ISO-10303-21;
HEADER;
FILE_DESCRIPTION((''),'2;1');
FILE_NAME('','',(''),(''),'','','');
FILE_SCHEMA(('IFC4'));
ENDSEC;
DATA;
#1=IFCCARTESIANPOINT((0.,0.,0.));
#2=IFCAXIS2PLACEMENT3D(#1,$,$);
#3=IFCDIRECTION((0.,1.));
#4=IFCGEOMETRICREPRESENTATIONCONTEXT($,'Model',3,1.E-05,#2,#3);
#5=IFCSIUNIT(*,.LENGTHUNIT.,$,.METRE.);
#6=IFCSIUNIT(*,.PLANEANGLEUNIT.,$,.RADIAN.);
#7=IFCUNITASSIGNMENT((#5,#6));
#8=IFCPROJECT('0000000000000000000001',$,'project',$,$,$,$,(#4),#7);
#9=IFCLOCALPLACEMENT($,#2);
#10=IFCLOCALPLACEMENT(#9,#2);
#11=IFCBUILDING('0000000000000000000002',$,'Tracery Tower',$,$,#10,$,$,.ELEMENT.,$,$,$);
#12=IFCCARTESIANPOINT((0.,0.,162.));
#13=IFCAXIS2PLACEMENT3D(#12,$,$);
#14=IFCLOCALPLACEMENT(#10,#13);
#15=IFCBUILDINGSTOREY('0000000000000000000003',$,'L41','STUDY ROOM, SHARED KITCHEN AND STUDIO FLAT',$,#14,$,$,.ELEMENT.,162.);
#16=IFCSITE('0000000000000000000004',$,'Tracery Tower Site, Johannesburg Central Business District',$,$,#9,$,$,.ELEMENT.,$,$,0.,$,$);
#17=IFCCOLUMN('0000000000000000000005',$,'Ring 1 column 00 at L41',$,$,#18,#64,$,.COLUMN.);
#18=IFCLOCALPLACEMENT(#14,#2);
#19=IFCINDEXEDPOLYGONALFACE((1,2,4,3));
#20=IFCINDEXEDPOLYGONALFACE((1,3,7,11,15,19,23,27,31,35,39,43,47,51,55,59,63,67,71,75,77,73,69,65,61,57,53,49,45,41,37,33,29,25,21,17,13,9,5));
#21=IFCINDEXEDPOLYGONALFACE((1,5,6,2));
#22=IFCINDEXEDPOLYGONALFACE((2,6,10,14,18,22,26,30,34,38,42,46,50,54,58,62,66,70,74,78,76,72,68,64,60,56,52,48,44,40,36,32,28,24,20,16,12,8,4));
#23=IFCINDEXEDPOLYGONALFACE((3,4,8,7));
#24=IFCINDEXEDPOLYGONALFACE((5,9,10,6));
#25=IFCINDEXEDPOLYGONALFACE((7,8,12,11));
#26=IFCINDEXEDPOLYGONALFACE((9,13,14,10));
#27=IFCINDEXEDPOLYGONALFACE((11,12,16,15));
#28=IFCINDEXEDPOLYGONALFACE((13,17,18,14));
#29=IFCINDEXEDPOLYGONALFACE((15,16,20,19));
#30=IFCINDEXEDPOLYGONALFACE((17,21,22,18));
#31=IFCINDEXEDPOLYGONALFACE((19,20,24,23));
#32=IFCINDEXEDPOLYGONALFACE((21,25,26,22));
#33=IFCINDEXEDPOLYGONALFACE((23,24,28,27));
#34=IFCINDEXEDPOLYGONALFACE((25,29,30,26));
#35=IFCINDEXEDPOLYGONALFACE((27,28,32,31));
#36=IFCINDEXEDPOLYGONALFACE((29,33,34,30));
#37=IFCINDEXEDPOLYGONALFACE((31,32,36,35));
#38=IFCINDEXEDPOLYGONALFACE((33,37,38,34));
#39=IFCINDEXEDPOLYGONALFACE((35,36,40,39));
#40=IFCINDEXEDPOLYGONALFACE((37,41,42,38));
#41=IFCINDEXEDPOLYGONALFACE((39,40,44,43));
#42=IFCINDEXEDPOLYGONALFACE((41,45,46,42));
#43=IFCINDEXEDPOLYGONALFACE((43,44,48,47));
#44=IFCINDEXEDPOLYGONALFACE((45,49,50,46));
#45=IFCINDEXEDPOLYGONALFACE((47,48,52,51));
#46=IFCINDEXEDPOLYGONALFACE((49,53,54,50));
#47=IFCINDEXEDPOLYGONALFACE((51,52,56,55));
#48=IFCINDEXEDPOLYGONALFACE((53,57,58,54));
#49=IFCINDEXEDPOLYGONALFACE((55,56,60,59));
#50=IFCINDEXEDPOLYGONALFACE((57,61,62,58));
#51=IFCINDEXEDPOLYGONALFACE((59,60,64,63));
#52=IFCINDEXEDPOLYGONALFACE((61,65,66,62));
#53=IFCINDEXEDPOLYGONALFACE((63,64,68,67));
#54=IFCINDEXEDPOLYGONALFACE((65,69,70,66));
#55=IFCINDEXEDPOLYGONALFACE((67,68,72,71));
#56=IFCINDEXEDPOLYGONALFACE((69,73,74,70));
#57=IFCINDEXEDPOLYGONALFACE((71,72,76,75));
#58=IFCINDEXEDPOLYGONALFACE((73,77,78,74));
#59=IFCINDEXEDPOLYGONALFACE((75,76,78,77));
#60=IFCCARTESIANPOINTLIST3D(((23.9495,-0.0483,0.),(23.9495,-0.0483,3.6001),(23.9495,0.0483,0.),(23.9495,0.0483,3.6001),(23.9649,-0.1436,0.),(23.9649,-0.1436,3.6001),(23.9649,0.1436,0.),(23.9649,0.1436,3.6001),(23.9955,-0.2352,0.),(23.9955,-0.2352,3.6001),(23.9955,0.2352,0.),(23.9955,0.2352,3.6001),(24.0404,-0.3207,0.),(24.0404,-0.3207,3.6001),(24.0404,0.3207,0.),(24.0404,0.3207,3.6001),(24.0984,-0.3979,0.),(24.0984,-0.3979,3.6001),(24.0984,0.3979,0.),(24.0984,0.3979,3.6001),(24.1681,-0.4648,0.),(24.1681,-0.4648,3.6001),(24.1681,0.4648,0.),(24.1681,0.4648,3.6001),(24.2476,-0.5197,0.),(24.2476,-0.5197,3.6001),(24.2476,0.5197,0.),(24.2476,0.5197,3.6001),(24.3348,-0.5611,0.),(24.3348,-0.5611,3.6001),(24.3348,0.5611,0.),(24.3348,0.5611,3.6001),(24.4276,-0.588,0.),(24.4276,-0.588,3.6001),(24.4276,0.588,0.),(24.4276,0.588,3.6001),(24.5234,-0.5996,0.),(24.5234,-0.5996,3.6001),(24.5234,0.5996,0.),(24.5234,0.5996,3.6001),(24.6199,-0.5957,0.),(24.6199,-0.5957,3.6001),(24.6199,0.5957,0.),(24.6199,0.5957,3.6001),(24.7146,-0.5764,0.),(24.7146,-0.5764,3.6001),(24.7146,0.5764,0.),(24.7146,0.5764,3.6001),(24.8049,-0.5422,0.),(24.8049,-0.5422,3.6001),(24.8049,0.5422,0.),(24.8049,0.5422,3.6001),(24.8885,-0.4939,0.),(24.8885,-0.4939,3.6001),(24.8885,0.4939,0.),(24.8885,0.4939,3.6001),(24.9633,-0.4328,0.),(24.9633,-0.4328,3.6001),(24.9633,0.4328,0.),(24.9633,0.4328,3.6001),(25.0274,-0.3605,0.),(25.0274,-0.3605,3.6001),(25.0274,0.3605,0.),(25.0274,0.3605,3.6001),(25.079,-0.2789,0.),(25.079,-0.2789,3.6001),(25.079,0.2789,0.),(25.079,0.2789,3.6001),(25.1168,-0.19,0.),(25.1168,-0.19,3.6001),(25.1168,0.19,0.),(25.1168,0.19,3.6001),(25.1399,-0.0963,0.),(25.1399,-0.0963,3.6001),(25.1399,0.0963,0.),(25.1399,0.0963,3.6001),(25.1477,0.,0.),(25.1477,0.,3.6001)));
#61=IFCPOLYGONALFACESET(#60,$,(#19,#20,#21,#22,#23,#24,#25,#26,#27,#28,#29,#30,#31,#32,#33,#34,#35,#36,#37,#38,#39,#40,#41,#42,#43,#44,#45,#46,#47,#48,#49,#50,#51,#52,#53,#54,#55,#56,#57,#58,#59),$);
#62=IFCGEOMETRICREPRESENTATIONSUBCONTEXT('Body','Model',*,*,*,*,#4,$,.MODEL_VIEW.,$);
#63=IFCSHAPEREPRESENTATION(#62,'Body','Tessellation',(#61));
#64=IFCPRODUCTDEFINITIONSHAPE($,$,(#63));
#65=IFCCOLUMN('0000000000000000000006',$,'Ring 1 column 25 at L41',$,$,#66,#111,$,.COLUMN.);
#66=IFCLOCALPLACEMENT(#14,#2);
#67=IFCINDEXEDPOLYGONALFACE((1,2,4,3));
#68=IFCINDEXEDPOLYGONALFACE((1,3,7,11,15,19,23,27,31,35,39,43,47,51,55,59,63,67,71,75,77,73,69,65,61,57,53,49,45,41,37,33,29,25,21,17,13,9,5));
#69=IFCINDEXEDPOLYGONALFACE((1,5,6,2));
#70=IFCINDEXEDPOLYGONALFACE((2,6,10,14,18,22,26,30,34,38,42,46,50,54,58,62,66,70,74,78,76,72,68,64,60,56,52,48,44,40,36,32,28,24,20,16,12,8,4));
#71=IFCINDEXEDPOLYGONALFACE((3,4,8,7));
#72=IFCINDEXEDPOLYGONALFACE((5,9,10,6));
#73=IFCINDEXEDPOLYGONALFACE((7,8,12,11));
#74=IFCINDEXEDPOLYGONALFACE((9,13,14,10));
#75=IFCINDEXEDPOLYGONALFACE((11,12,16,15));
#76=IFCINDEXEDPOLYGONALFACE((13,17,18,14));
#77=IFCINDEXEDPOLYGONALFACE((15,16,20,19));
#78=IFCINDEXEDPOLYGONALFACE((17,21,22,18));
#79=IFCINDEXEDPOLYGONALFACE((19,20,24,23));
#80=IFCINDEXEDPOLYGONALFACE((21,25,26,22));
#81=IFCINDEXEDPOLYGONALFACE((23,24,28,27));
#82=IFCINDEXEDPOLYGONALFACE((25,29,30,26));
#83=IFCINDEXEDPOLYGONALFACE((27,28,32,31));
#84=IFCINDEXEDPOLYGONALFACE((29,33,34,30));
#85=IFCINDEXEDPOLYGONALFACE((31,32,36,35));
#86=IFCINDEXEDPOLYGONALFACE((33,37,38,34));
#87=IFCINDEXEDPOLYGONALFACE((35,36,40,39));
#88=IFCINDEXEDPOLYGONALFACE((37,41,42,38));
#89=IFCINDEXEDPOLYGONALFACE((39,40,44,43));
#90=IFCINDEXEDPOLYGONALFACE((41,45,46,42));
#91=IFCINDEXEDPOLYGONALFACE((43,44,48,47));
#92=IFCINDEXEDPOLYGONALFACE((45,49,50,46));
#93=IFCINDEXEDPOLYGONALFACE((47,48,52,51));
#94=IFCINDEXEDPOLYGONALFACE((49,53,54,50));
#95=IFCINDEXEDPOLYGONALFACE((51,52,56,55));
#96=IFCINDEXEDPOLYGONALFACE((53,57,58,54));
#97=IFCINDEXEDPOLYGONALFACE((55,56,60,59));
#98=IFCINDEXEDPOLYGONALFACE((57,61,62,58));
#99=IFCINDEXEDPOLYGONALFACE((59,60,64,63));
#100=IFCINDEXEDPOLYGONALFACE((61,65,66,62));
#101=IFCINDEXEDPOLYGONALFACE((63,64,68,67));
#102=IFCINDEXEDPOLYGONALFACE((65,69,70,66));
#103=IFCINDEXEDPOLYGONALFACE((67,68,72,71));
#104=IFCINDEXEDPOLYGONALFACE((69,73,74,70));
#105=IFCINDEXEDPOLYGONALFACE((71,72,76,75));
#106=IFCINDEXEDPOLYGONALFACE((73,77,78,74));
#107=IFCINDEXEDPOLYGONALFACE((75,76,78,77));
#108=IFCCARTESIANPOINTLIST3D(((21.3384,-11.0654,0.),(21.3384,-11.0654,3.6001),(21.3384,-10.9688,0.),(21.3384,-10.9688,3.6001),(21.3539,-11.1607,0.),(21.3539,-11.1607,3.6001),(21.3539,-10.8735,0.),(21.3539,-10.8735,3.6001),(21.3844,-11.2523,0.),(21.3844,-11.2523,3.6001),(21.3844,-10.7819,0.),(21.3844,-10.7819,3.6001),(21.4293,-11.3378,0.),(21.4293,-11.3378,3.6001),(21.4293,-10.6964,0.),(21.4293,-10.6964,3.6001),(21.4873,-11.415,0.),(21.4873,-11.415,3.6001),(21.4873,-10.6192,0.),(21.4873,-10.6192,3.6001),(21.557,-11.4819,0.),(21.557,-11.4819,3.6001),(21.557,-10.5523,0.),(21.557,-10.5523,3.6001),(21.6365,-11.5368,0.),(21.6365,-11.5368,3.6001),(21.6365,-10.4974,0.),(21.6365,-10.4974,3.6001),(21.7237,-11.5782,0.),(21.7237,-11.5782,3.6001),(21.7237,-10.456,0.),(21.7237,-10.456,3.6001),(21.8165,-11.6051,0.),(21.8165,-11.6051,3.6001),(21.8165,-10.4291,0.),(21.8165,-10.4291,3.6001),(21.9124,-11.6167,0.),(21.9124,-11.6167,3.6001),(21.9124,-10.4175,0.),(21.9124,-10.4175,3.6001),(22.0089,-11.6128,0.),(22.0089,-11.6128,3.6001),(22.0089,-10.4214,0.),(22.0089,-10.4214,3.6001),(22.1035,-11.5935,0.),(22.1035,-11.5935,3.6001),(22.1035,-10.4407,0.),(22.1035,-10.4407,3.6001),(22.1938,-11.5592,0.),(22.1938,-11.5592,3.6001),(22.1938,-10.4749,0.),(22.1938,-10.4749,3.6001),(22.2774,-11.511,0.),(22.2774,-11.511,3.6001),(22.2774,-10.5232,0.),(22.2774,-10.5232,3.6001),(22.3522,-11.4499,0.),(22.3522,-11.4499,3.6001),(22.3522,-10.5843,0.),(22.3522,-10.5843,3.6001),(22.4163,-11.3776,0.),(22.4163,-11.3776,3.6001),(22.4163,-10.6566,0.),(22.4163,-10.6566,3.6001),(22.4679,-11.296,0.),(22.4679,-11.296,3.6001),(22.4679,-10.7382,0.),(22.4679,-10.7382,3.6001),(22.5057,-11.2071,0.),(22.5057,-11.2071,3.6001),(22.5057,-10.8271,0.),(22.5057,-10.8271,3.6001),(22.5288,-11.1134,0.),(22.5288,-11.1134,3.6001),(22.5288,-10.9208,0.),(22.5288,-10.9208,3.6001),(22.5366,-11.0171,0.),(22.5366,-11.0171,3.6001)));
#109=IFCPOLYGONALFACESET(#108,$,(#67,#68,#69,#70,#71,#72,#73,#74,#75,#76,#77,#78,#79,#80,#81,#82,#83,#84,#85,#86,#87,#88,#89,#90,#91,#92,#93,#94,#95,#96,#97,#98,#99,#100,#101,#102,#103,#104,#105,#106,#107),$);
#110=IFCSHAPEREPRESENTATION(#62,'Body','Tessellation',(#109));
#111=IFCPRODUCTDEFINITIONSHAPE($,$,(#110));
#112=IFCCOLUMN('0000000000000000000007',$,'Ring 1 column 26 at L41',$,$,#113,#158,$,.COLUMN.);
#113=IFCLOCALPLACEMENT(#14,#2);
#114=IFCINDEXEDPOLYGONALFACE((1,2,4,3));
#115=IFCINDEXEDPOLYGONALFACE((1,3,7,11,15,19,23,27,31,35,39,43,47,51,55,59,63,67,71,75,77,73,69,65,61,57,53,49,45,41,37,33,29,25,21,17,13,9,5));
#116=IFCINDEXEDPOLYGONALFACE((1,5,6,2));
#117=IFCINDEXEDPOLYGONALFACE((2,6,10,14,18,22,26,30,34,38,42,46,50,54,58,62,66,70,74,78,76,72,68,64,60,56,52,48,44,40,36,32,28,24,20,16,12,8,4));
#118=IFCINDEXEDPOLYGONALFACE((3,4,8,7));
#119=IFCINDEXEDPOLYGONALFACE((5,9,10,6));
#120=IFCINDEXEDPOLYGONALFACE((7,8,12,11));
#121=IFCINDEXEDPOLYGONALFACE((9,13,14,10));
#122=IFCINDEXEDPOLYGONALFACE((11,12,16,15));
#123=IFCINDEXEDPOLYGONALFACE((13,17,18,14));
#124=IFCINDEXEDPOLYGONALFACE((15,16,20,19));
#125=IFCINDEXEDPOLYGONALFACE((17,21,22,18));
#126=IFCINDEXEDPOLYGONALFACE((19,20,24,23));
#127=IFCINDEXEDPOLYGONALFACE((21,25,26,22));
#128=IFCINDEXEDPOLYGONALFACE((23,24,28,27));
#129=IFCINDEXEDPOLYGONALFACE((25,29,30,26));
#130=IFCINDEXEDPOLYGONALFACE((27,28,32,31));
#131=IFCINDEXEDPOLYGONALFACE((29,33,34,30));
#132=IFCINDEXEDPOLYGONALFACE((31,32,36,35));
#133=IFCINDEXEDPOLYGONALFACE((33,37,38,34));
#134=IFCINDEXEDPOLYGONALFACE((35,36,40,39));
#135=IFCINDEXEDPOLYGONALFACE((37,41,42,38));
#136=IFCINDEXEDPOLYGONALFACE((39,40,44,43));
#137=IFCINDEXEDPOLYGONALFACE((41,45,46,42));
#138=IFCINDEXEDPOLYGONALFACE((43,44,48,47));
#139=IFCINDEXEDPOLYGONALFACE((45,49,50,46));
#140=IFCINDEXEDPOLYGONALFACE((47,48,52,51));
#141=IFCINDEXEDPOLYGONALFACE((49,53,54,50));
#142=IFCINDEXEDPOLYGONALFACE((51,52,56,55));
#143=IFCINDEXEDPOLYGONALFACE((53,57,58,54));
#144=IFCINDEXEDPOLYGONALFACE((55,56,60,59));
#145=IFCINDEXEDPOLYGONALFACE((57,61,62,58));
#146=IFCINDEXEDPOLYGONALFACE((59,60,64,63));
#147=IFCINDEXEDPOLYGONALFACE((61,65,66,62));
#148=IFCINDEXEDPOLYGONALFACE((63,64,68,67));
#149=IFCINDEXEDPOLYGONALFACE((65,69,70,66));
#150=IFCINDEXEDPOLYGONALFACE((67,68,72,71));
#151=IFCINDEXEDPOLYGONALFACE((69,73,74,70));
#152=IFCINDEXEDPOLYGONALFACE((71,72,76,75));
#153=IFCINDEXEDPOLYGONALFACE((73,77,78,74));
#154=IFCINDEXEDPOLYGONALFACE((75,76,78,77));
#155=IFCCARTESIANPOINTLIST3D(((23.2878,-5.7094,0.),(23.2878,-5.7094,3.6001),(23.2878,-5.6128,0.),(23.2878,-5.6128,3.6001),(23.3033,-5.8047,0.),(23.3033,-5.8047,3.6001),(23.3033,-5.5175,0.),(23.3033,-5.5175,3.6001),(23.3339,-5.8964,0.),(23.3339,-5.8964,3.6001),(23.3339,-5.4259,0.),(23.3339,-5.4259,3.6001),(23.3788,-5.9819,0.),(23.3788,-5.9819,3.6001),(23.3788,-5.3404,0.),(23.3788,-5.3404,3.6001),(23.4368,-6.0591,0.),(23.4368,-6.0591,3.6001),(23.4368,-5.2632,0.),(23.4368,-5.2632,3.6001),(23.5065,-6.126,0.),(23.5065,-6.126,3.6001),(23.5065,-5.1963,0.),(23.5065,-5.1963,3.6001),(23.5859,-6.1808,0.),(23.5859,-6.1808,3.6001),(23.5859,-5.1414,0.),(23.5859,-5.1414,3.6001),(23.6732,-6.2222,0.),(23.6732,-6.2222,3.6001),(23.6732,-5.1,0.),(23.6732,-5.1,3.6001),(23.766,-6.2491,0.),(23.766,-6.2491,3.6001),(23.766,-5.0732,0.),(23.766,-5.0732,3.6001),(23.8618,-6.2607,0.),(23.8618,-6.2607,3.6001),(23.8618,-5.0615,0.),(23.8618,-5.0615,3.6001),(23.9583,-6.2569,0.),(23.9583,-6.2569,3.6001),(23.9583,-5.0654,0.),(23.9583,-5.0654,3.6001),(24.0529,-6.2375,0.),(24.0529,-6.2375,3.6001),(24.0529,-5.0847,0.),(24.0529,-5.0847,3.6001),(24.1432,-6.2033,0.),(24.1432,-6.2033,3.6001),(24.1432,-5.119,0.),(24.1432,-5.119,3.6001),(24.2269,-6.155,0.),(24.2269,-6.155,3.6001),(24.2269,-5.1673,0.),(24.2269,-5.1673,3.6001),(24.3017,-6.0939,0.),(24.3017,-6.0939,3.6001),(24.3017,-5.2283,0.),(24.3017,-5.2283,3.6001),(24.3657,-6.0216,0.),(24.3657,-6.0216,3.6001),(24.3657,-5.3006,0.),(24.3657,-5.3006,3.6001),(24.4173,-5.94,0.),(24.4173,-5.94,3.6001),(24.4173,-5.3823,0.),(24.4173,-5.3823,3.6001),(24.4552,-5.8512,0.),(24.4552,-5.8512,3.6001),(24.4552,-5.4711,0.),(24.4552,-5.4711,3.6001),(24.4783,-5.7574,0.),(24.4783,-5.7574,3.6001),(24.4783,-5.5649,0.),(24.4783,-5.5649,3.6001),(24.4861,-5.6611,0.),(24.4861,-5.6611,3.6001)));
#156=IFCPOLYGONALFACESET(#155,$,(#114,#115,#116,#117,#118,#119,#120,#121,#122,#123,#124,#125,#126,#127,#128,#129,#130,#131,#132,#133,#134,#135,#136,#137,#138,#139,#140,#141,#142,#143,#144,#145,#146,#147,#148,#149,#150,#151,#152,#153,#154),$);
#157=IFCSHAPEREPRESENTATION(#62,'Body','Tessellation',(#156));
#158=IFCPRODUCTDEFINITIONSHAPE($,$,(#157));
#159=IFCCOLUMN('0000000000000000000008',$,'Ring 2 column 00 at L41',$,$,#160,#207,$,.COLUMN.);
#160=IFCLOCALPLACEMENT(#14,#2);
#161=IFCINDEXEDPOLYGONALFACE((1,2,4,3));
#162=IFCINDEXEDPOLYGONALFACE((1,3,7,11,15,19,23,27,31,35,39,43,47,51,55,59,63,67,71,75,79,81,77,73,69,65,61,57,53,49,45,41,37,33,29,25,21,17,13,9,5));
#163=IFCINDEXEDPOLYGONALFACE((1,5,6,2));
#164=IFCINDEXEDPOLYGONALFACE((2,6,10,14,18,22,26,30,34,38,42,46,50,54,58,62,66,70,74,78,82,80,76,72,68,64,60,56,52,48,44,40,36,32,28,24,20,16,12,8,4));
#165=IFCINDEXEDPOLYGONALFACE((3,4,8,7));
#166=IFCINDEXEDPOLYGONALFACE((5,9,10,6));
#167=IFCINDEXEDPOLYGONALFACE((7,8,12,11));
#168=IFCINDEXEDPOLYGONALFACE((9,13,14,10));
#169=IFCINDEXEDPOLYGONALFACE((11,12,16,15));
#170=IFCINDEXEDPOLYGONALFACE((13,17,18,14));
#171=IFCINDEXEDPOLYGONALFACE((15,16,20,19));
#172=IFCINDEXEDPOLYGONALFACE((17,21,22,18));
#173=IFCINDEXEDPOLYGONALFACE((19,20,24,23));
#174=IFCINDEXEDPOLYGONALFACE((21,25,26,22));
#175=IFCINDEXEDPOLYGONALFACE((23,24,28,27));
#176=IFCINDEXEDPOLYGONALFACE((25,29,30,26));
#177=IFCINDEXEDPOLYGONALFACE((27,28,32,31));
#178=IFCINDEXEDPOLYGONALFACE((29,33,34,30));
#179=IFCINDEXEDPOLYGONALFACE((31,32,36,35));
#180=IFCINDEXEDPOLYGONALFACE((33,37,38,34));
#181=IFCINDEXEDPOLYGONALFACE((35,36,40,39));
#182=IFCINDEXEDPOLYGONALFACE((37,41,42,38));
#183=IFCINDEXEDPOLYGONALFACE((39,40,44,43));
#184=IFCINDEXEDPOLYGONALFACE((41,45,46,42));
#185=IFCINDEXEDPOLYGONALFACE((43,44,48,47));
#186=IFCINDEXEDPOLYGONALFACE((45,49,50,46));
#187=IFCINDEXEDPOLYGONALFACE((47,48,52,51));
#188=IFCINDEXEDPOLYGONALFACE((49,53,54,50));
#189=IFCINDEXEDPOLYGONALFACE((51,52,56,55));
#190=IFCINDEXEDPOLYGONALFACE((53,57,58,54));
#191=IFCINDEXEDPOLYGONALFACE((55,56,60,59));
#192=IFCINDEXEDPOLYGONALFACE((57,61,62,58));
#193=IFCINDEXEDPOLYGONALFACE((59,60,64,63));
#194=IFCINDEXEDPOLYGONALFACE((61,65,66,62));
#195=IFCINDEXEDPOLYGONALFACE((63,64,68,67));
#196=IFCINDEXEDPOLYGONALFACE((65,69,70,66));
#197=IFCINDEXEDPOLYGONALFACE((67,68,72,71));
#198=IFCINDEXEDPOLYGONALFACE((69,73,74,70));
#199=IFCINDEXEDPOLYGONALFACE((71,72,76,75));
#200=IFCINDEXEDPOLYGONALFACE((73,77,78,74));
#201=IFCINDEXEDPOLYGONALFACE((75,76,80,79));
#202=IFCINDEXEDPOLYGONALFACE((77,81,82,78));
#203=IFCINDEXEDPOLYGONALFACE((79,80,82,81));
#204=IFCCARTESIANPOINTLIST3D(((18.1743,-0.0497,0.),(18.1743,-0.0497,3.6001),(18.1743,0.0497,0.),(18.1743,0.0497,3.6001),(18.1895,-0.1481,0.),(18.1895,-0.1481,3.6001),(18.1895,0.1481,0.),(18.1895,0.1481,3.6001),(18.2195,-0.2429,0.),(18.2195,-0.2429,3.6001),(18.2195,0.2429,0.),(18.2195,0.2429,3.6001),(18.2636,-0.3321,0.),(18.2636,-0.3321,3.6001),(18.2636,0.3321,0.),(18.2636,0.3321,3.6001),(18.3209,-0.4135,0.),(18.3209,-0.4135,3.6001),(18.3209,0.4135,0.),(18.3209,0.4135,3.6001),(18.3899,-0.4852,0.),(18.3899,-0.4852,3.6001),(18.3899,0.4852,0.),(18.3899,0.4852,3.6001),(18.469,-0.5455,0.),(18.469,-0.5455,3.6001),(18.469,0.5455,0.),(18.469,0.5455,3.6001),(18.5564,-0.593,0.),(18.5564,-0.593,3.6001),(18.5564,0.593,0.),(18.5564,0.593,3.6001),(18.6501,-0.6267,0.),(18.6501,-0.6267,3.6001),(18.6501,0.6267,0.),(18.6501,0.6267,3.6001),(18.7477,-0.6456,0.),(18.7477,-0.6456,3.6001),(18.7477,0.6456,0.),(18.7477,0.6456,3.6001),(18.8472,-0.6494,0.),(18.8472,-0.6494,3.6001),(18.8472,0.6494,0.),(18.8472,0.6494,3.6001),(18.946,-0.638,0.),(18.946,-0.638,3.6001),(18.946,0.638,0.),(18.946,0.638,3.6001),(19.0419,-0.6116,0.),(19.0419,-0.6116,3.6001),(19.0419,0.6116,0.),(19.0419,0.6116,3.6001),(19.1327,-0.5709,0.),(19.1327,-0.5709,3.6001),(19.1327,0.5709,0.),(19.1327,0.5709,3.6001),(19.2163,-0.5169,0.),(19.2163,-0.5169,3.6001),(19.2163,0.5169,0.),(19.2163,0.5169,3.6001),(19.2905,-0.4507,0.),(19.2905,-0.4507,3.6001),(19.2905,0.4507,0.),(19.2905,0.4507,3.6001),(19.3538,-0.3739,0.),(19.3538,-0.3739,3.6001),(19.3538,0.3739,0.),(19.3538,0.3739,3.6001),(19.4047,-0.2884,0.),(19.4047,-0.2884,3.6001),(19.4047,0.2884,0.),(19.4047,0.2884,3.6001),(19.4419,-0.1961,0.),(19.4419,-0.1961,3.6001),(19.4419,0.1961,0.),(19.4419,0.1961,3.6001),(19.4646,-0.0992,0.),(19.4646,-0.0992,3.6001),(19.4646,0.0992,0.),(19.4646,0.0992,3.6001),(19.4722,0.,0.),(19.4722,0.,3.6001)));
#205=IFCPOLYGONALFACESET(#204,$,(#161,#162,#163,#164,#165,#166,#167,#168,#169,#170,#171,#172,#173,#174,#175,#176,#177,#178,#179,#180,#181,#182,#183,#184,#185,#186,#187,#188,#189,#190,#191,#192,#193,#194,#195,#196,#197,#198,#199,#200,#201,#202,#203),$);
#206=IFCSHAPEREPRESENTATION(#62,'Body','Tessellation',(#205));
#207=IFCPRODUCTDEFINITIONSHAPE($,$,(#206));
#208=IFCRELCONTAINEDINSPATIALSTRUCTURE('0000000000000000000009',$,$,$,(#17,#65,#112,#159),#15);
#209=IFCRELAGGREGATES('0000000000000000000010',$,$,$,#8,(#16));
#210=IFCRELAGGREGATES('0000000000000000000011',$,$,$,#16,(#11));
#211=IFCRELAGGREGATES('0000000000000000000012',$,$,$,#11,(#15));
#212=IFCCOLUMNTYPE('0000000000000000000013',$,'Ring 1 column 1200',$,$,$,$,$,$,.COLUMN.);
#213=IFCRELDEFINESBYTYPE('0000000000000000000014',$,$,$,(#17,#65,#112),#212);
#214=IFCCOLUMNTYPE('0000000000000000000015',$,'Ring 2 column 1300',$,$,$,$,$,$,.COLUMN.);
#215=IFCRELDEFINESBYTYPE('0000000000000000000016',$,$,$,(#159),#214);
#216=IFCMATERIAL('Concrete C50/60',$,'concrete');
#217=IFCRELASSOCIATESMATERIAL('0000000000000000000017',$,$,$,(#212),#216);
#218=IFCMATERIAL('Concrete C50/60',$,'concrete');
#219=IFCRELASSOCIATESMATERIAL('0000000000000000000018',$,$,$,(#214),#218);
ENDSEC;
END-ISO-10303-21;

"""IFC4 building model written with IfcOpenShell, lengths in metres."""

from ifc_helpers import new_model, si_unit, direction, frame, origin, origin_2d, place, context, subcontext, project, spatial, circle, extrude, material, material_profile, profile_set, type_object, element, save


model = new_model("IFC4")

# Units and contexts
model_context = context("Model", 3, precision=1e-05, world=origin(), true_north=direction((0.0, 1.0)))
body_context = subcontext(model_context, "Body", "Model", "MODEL_VIEW")
ifc_project = project(units=[si_unit("LENGTHUNIT", "METRE"), si_unit("PLANEANGLEUNIT", "RADIAN")], contexts=[model_context])

# Site, building, storey
site_placement = place(None, origin())
site = spatial("IfcSite", under=ifc_project, at=site_placement, Name="Tracery Tower Site, Johannesburg Central Business District", CompositionType="ELEMENT", RefElevation=0.0)
building_placement = place(site_placement, origin())
building = spatial("IfcBuilding", under=site, at=building_placement, Name="Tracery Tower", CompositionType="ELEMENT")
storey_placement = place(building_placement, frame((0.0, 0.0, 162.0)))
storey = spatial("IfcBuildingStorey", under=building, at=storey_placement, Name="L41", Description="STUDY ROOM, SHARED KITCHEN AND STUDIO FLAT", CompositionType="ELEMENT", Elevation=162.0)

# Columns
ifc_material_1 = material(Name="Concrete C50/60", Category="concrete")
ifc_material_profile_1 = material_profile(ifc_material_1, circle(Radius=0.6001, at=origin_2d()), Name="RC D1200")
ifc_profile_set_1 = profile_set([ifc_material_profile_1], Name="Concrete C50/60")
column_type_1 = type_object("IfcColumnType", Name="Ring 1 column 1200", PredefinedType="COLUMN", material=ifc_profile_set_1)
for number, where, z_axis, x_axis, name in (
    (1, (24.5476, 0.0, 0.0), (0.0, 0.0, 1.0), (1.0, 0.0, 0.0), "Ring 1 column 00 at L41"),
    (2, (21.9365, -11.0171, 0.0), (0.0, 0.0, 1.0), (1.0, 0.0, 0.0), "Ring 1 column 25 at L41"),
    (3, (23.886, -5.6611, 0.0), (0.0, 0.0, 1.0), (1.0, 0.0, 0.0), "Ring 1 column 26 at L41"),
):
    element("IfcColumn", number, at=place(storey_placement, frame(where, z_axis=z_axis, x_axis=x_axis)), inside=storey, type_object=column_type_1, Name=name, PredefinedType="COLUMN", context=body_context, shape_type="SweptSolid", body=[
        extrude(circle(Radius=0.6001, at=origin_2d()), origin(), (0.0, 0.0, 1.0), 3.6001),
    ])
ifc_material_2 = material(Name="Concrete C50/60", Category="concrete")
ifc_material_profile_2 = material_profile(ifc_material_2, circle(Radius=0.6499, at=origin_2d()), Name="RC D1300")
ifc_profile_set_2 = profile_set([ifc_material_profile_2], Name="Concrete C50/60")
column_type_2 = type_object("IfcColumnType", Name="Ring 2 column 1300", PredefinedType="COLUMN", material=ifc_profile_set_2)
for number, where, z_axis, x_axis, name in (
    (4, (18.8223, 0.0, 0.0), (0.0, 0.0, 1.0), (1.0, 0.0, 0.0), "Ring 2 column 00 at L41"),
):
    element("IfcColumn", number, at=place(storey_placement, frame(where, z_axis=z_axis, x_axis=x_axis)), inside=storey, type_object=column_type_2, Name=name, PredefinedType="COLUMN", context=body_context, shape_type="SweptSolid", body=[
        extrude(circle(Radius=0.6499, at=origin_2d()), origin(), (0.0, 0.0, 1.0), 3.6001),
    ])

save(model, "model.ifc")
